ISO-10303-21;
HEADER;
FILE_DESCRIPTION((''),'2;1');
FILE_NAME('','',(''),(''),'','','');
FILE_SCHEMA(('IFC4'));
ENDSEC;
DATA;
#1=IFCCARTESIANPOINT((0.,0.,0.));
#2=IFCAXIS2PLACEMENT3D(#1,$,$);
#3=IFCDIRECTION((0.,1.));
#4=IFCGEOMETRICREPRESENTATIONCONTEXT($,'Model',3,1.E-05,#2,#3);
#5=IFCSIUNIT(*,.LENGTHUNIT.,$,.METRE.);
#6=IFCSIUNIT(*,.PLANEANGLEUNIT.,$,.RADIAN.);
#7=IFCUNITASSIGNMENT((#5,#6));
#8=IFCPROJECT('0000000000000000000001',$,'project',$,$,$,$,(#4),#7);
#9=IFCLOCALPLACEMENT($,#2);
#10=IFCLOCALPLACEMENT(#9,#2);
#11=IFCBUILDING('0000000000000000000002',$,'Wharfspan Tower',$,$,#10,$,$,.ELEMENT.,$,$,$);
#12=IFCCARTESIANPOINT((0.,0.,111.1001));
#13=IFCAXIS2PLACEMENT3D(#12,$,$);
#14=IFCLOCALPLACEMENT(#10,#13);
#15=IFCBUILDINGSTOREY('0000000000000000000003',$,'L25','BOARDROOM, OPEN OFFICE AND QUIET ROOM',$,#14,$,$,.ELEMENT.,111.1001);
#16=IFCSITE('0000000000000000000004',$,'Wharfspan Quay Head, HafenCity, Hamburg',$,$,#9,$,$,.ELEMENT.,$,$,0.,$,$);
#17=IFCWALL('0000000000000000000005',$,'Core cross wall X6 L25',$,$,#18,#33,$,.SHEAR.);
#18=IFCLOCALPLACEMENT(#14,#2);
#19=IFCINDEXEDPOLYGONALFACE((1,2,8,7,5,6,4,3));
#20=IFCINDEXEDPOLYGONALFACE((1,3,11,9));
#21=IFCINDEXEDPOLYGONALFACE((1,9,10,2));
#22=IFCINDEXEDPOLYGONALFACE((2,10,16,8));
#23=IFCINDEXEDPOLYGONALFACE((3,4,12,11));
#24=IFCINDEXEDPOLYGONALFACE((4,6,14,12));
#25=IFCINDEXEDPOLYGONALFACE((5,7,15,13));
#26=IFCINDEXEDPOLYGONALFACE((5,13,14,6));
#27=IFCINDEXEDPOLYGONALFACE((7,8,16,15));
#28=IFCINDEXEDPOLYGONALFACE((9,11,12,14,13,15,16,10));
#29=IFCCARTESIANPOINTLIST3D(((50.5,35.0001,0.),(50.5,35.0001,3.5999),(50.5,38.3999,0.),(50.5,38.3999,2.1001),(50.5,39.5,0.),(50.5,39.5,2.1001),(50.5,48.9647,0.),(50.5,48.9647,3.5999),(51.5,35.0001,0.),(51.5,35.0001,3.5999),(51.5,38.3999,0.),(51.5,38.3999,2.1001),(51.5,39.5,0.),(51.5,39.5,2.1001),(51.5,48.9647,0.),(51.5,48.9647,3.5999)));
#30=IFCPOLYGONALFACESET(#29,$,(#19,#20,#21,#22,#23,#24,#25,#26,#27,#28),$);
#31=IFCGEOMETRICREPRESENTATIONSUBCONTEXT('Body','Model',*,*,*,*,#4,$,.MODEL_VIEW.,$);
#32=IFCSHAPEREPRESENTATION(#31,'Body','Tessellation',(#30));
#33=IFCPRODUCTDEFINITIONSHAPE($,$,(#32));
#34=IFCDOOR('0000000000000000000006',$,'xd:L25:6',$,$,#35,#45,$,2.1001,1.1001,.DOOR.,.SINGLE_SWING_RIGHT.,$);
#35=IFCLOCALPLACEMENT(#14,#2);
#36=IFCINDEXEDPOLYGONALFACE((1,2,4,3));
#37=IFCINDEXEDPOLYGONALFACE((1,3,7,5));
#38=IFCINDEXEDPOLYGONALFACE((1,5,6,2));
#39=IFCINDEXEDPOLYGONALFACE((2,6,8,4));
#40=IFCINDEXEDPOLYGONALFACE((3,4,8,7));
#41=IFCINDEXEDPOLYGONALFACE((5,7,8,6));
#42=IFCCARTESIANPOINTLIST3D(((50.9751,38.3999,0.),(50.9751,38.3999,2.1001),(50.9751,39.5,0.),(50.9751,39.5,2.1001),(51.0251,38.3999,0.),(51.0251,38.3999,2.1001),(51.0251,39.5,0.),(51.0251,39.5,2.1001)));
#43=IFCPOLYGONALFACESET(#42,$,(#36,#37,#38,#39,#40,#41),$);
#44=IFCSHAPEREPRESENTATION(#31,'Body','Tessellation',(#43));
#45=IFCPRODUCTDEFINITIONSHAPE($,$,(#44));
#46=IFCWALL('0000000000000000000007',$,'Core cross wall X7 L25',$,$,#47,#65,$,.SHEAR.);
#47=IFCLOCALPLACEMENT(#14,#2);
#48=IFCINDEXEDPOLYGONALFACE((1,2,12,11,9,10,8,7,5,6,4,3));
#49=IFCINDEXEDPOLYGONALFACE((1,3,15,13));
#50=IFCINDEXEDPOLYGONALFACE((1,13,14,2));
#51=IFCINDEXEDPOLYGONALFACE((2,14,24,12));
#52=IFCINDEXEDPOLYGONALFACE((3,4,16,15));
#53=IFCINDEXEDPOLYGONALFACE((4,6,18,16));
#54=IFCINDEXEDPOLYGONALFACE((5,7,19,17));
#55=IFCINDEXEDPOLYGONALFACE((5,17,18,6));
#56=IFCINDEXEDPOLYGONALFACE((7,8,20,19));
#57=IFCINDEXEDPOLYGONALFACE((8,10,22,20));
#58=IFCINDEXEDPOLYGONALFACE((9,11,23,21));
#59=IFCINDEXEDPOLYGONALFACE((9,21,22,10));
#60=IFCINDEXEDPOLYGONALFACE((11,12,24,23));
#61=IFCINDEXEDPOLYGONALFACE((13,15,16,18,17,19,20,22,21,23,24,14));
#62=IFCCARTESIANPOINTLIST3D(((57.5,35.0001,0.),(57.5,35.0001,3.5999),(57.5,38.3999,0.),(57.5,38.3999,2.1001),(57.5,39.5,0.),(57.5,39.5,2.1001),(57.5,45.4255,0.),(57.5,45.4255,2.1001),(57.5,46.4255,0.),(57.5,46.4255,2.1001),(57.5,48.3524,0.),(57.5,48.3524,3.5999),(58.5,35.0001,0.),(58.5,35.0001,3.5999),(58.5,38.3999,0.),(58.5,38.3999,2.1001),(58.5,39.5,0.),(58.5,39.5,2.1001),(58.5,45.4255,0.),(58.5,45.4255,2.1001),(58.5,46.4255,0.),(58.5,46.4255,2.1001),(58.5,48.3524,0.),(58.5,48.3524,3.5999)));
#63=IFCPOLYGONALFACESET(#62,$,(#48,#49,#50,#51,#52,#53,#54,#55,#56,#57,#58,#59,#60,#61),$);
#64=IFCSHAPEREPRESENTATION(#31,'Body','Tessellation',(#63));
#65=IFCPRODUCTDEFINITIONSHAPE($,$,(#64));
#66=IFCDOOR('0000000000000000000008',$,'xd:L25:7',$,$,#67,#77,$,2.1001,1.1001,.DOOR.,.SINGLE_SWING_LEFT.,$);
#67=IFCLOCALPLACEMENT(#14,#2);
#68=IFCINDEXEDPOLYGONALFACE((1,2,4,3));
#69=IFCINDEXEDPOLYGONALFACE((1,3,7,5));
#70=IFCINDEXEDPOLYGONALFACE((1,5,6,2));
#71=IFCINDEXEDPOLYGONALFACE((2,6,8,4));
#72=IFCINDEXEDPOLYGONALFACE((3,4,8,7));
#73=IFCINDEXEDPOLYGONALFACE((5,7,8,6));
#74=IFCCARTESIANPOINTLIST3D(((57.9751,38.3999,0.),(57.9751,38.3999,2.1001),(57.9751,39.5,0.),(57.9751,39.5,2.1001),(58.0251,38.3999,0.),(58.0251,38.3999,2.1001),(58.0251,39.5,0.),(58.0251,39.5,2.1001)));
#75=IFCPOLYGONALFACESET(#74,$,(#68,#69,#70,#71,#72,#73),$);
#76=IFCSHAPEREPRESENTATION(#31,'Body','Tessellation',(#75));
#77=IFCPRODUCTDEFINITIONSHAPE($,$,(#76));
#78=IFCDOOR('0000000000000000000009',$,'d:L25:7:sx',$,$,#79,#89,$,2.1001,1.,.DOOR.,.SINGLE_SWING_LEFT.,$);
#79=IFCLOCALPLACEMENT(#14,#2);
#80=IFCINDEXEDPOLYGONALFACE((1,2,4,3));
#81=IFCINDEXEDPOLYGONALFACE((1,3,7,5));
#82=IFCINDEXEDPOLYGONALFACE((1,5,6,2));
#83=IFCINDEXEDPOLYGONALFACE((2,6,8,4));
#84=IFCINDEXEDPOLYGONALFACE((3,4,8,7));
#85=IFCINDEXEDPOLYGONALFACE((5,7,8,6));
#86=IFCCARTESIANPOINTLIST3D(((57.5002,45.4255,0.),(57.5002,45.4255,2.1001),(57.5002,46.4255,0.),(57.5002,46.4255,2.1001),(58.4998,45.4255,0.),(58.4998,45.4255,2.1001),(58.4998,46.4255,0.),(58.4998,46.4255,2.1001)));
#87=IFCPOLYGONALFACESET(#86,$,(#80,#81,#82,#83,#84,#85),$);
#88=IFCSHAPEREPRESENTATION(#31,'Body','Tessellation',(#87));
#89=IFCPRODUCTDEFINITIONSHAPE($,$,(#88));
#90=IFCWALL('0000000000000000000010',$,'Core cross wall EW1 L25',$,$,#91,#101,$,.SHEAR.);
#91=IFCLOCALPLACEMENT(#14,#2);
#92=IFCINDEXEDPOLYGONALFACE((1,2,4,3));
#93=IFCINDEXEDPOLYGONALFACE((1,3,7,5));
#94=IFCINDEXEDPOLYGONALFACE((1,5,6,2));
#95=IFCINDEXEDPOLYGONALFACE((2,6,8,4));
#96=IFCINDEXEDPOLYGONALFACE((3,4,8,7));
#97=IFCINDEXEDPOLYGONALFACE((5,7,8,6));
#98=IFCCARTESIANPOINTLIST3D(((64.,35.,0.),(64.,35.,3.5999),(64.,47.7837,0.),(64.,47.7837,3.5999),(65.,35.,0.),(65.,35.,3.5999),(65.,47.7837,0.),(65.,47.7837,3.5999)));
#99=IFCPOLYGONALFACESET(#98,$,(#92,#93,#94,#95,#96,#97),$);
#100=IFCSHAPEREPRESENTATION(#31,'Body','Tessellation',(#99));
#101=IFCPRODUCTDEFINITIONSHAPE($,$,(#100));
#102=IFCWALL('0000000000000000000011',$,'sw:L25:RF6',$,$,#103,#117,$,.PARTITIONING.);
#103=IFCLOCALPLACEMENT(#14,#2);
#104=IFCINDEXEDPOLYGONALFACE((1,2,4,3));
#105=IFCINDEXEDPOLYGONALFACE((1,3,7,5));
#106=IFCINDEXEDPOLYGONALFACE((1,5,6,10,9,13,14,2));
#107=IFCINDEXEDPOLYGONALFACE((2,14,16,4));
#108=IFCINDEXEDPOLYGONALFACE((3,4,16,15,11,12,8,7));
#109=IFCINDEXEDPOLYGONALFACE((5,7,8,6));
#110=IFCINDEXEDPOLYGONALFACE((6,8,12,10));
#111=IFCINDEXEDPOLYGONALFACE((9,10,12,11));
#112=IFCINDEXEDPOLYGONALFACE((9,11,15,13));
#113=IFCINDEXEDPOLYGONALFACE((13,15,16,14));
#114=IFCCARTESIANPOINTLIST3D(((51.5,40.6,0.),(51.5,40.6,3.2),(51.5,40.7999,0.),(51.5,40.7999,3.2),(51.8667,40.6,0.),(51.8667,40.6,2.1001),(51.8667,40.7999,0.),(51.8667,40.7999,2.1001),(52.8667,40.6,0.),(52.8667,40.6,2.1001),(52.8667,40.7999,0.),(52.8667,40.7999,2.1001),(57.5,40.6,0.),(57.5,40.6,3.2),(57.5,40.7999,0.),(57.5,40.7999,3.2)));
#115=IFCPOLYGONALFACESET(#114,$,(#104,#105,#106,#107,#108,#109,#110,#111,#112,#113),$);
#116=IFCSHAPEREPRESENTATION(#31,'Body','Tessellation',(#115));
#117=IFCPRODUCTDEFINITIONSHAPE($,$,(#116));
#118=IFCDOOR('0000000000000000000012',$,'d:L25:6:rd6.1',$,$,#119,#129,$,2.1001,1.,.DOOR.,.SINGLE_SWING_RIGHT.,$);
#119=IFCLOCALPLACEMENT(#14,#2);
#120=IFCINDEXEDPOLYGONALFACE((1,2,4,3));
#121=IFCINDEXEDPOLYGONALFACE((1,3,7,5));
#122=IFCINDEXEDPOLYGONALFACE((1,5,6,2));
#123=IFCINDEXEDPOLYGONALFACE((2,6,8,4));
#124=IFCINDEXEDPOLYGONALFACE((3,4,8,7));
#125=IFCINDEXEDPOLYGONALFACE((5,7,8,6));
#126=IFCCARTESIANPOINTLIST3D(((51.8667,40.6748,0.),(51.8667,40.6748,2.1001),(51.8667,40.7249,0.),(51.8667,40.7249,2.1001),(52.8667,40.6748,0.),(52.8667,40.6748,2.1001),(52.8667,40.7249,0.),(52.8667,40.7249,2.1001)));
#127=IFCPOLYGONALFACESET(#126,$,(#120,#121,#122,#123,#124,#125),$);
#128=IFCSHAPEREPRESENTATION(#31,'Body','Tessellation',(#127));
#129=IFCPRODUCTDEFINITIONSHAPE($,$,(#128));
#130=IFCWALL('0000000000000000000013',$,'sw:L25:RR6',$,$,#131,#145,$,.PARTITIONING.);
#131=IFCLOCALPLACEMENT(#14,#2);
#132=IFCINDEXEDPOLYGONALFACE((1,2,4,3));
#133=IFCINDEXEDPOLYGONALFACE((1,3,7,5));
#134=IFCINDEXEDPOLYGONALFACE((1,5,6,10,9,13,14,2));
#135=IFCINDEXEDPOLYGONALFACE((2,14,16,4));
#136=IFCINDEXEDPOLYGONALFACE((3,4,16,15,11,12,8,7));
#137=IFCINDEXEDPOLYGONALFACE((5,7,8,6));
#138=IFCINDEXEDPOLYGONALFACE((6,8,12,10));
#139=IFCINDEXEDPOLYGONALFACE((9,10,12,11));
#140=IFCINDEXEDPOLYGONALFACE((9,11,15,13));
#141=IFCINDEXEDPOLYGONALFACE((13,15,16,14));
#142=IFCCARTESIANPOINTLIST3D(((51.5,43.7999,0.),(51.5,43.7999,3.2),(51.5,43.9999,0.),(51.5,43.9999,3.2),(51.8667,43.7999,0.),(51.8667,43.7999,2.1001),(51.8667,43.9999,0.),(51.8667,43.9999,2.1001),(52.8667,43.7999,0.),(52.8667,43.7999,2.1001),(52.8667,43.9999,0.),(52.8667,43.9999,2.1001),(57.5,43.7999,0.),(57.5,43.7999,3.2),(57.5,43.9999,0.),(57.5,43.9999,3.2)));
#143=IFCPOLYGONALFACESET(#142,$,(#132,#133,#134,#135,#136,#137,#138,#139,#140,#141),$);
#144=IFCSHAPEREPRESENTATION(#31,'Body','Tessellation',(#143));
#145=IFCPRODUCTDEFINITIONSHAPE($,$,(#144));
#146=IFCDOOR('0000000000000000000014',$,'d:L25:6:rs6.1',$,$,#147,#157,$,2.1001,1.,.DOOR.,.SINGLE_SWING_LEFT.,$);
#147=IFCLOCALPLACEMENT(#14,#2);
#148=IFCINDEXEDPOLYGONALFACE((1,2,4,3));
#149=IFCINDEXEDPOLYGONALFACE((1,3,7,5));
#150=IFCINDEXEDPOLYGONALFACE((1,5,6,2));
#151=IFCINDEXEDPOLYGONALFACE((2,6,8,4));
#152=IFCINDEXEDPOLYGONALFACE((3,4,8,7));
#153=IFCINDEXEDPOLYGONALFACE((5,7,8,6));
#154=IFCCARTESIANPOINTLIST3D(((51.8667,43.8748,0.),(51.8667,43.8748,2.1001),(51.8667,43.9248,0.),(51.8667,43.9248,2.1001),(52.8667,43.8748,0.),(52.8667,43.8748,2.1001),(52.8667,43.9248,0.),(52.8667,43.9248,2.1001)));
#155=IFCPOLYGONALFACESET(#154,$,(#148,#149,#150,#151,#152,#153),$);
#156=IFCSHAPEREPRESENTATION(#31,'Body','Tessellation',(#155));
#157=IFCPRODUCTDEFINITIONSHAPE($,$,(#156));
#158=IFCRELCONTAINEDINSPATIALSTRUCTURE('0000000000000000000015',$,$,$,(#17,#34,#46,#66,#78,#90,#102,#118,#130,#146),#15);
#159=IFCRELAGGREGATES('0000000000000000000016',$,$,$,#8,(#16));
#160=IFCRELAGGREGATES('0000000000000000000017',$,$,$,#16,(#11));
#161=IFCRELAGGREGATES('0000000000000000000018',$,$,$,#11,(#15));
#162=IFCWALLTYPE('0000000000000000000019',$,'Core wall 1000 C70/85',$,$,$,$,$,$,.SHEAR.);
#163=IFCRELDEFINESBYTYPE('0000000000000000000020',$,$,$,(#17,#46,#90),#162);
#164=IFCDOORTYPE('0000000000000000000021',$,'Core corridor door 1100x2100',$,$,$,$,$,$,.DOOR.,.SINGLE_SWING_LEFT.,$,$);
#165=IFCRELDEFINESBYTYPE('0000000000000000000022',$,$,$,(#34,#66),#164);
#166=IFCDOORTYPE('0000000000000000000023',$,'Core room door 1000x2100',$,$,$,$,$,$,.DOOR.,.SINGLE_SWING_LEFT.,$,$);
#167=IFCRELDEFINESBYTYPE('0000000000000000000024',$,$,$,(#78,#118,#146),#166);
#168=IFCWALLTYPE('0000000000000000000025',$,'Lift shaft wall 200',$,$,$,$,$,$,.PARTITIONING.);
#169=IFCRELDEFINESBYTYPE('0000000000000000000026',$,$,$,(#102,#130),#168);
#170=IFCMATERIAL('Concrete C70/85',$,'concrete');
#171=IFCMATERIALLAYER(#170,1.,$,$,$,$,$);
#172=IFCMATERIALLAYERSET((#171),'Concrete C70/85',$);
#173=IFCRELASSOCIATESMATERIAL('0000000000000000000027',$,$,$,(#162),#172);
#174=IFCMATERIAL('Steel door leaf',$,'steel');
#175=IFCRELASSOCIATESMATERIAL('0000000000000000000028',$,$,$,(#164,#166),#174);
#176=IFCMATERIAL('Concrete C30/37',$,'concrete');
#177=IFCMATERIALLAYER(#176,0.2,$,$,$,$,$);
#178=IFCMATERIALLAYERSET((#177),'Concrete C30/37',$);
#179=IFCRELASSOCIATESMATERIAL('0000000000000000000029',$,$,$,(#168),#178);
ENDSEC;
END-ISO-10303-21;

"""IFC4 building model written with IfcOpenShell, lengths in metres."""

from ifc_helpers import new_model, si_unit, direction, frame, frame_2d, origin, place, context, subcontext, project, spatial, rectangle, extrude, material, layer, layer_set, type_object, element, fill, save


model = new_model("IFC4")

# Units and contexts
model_context = context("Model", 3, precision=1e-05, world=origin(), true_north=direction((0.0, 1.0)))
body_context = subcontext(model_context, "Body", "Model", "MODEL_VIEW")
ifc_project = project(units=[si_unit("LENGTHUNIT", "METRE"), si_unit("PLANEANGLEUNIT", "RADIAN")], contexts=[model_context])

# Site, building, storey
site_placement = place(None, origin())
site = spatial("IfcSite", under=ifc_project, at=site_placement, Name="Wharfspan Quay Head, HafenCity, Hamburg", CompositionType="ELEMENT", RefElevation=0.0)
building_placement = place(site_placement, origin())
building = spatial("IfcBuilding", under=site, at=building_placement, Name="Wharfspan Tower", CompositionType="ELEMENT")
storey_placement = place(building_placement, frame((0.0, 0.0, 111.1001)))
storey = spatial("IfcBuildingStorey", under=building, at=storey_placement, Name="L25", Description="BOARDROOM, OPEN OFFICE AND QUIET ROOM", CompositionType="ELEMENT", Elevation=111.1001)

# Shared definitions
ifc_material_1 = material(Name="Concrete C70/85", Category="concrete")

# Wall, opening, door
ifc_layer_1 = layer(ifc_material_1, 1.0)
ifc_layer_set_1 = layer_set([ifc_layer_1], Name="Concrete C70/85")
wall_type_1 = type_object("IfcWallType", Name="Core wall 1000 C70/85", PredefinedType="SHEAR", material=ifc_layer_set_1)
wall_1_placement = place(storey_placement, frame((51.0, 35.0, 0.0), z_axis=(0.0, 0.0, 1.0), x_axis=(0.0, 1.0, 0.0)))
wall_1 = element("IfcWall", 1, at=wall_1_placement, inside=storey, type_object=wall_type_1, Name="Core cross wall X6 L25", PredefinedType="SHEAR", context=body_context, shape_type="SweptSolid", body=[
    extrude(rectangle(XDim=13.9646, YDim=1.0, at=frame_2d((6.9824, 0.0))), origin(), (0.0, 0.0, 1.0), 3.5999),
])
opening_1_placement = place(wall_1_placement, frame((3.3999, 0.0, 0.0)))
opening_1 = element("IfcOpeningElement", 2, at=opening_1_placement, cuts=wall_1, PredefinedType="OPENING", context=body_context, shape_type="SweptSolid", body=[
    extrude(rectangle(XDim=1.1001, YDim=2.1001, at=frame_2d((0.55, 1.05))), frame((0.0, 0.51, 0.0), z_axis=(0.0, -1.0, 0.0), x_axis=(1.0, 0.0, 0.0)), (0.0, 0.0, 1.0), 1.02),
])
ifc_material_2 = material(Name="Steel door leaf", Category="steel")
door_type_1 = type_object("IfcDoorType", Name="Core corridor door 1100x2100", OperationType="SINGLE_SWING_LEFT", PredefinedType="DOOR", material=ifc_material_2)
door_1_placement = place(opening_1_placement, origin())
door_1 = element("IfcDoor", 3, at=door_1_placement, inside=storey, type_object=door_type_1, Name="xd:L25:6", OperationType="SINGLE_SWING_RIGHT", OverallHeight=2.1001, OverallWidth=1.1001, PredefinedType="DOOR", context=body_context, shape_type="SweptSolid", body=[
    extrude(rectangle(XDim=1.1001, YDim=2.1001, at=frame_2d((0.55, 1.05))), frame((0.0, 0.0249, 0.0), z_axis=(0.0, -1.0, 0.0), x_axis=(1.0, 0.0, 0.0)), (0.0, 0.0, 1.0), 0.05),
])
fill(opening_1, door_1)

# Wall, openings, doors
wall_2_placement = place(storey_placement, frame((58.0, 35.0, 0.0), z_axis=(0.0, 0.0, 1.0), x_axis=(0.0, 1.0, 0.0)))
wall_2 = element("IfcWall", 4, at=wall_2_placement, inside=storey, type_object=wall_type_1, Name="Core cross wall X7 L25", PredefinedType="SHEAR", context=body_context, shape_type="SweptSolid", body=[
    extrude(rectangle(XDim=13.3523, YDim=1.0, at=frame_2d((6.6763, 0.0))), origin(), (0.0, 0.0, 1.0), 3.5999),
])
opening_2_placement = place(wall_2_placement, frame((10.4255, 0.0, 0.0)))
opening_2 = element("IfcOpeningElement", 5, at=opening_2_placement, cuts=wall_2, PredefinedType="OPENING", context=body_context, shape_type="SweptSolid", body=[
    extrude(rectangle(XDim=1.0, YDim=2.1001, at=frame_2d((0.5, 1.05))), frame((0.0, 0.51, 0.0), z_axis=(0.0, -1.0, 0.0), x_axis=(1.0, 0.0, 0.0)), (0.0, 0.0, 1.0), 1.02),
])
opening_3_placement = place(wall_2_placement, frame((3.3999, 0.0, 0.0)))
opening_3 = element("IfcOpeningElement", 6, at=opening_3_placement, cuts=wall_2, PredefinedType="OPENING", context=body_context, shape_type="SweptSolid", body=[
    extrude(rectangle(XDim=1.1001, YDim=2.1001, at=frame_2d((0.55, 1.05))), frame((0.0, 0.51, 0.0), z_axis=(0.0, -1.0, 0.0), x_axis=(1.0, 0.0, 0.0)), (0.0, 0.0, 1.0), 1.02),
])
door_2_placement = place(opening_3_placement, origin())
door_2 = element("IfcDoor", 7, at=door_2_placement, inside=storey, type_object=door_type_1, Name="xd:L25:7", OperationType="SINGLE_SWING_LEFT", OverallHeight=2.1001, OverallWidth=1.1001, PredefinedType="DOOR", context=body_context, shape_type="SweptSolid", body=[
    extrude(rectangle(XDim=1.1001, YDim=2.1001, at=frame_2d((0.55, 1.05))), frame((0.0, 0.0249, 0.0), z_axis=(0.0, -1.0, 0.0), x_axis=(1.0, 0.0, 0.0)), (0.0, 0.0, 1.0), 0.05),
])
fill(opening_3, door_2)
door_type_2 = type_object("IfcDoorType", Name="Core room door 1000x2100", OperationType="SINGLE_SWING_LEFT", PredefinedType="DOOR", material=ifc_material_2)
door_3_placement = place(opening_2_placement, origin())
door_3 = element("IfcDoor", 8, at=door_3_placement, inside=storey, type_object=door_type_2, Name="d:L25:7:sx", OperationType="SINGLE_SWING_LEFT", OverallHeight=2.1001, OverallWidth=1.0, PredefinedType="DOOR", context=body_context, shape_type="SweptSolid", body=[
    extrude(rectangle(XDim=1.0, YDim=2.1001, at=frame_2d((0.5, 1.05))), frame((0.0, 0.4998, 0.0), z_axis=(0.0, -1.0, 0.0), x_axis=(1.0, 0.0, 0.0)), (0.0, 0.0, 1.0), 0.9995),
])
fill(opening_2, door_3)

# Wall
wall_3_placement = place(storey_placement, frame((64.5, 35.0, 0.0), z_axis=(0.0, 0.0, 1.0), x_axis=(0.0, 1.0, 0.0)))
element("IfcWall", 9, at=wall_3_placement, inside=storey, type_object=wall_type_1, Name="Core cross wall EW1 L25", PredefinedType="SHEAR", context=body_context, shape_type="SweptSolid", body=[
    extrude(rectangle(XDim=12.7837, YDim=1.0, at=frame_2d((6.3918, 0.0))), origin(), (0.0, 0.0, 1.0), 3.5999),
])

# Walls, openings, doors
ifc_material_3 = material(Name="Concrete C30/37", Category="concrete")
ifc_layer_2 = layer(ifc_material_3, 0.2)
ifc_layer_set_2 = layer_set([ifc_layer_2], Name="Concrete C30/37")
wall_type_2 = type_object("IfcWallType", Name="Lift shaft wall 200", PredefinedType="PARTITIONING", material=ifc_layer_set_2)
wall_4_placement = place(storey_placement, frame((51.5, 40.7, 0.0), z_axis=(0.0, 0.0, 1.0), x_axis=(1.0, 0.0, 0.0)))
wall_4 = element("IfcWall", 10, at=wall_4_placement, inside=storey, type_object=wall_type_2, Name="sw:L25:RF6", PredefinedType="PARTITIONING", context=body_context, shape_type="SweptSolid", body=[
    extrude(rectangle(XDim=6.0, YDim=0.2, at=frame_2d((3.0, 0.0))), origin(), (0.0, 0.0, 1.0), 3.2),
])
opening_4_placement = place(wall_4_placement, frame((0.3667, 0.0, 0.0)))
opening_4 = element("IfcOpeningElement", 11, at=opening_4_placement, cuts=wall_4, PredefinedType="OPENING", context=body_context, shape_type="SweptSolid", body=[
    extrude(rectangle(XDim=1.0, YDim=2.1001, at=frame_2d((0.5, 1.05))), frame((0.0, 0.1099, 0.0), z_axis=(0.0, -1.0, 0.0), x_axis=(1.0, 0.0, 0.0)), (0.0, 0.0, 1.0), 0.22),
])
door_4_placement = place(opening_4_placement, origin())
door_4 = element("IfcDoor", 12, at=door_4_placement, inside=storey, type_object=door_type_2, Name="d:L25:6:rd6.1", OperationType="SINGLE_SWING_RIGHT", OverallHeight=2.1001, OverallWidth=1.0, PredefinedType="DOOR", context=body_context, shape_type="SweptSolid", body=[
    extrude(rectangle(XDim=1.0, YDim=2.1001, at=frame_2d((0.5, 1.05))), frame((0.0, 0.0249, 0.0), z_axis=(0.0, -1.0, 0.0), x_axis=(1.0, 0.0, 0.0)), (0.0, 0.0, 1.0), 0.05),
])
fill(opening_4, door_4)
wall_5_placement = place(storey_placement, frame((51.5, 43.8999, 0.0), z_axis=(0.0, 0.0, 1.0), x_axis=(1.0, 0.0, 0.0)))
wall_5 = element("IfcWall", 13, at=wall_5_placement, inside=storey, type_object=wall_type_2, Name="sw:L25:RR6", PredefinedType="PARTITIONING", context=body_context, shape_type="SweptSolid", body=[
    extrude(rectangle(XDim=6.0, YDim=0.2, at=frame_2d((3.0, 0.0))), origin(), (0.0, 0.0, 1.0), 3.2),
])
opening_5_placement = place(wall_5_placement, frame((0.3667, 0.0, 0.0)))
opening_5 = element("IfcOpeningElement", 14, at=opening_5_placement, cuts=wall_5, PredefinedType="OPENING", context=body_context, shape_type="SweptSolid", body=[
    extrude(rectangle(XDim=1.0, YDim=2.1001, at=frame_2d((0.5, 1.05))), frame((0.0, 0.1099, 0.0), z_axis=(0.0, -1.0, 0.0), x_axis=(1.0, 0.0, 0.0)), (0.0, 0.0, 1.0), 0.22),
])
door_5_placement = place(opening_5_placement, origin())
door_5 = element("IfcDoor", 15, at=door_5_placement, inside=storey, type_object=door_type_2, Name="d:L25:6:rs6.1", OperationType="SINGLE_SWING_LEFT", OverallHeight=2.1001, OverallWidth=1.0, PredefinedType="DOOR", context=body_context, shape_type="SweptSolid", body=[
    extrude(rectangle(XDim=1.0, YDim=2.1001, at=frame_2d((0.5, 1.05))), frame((0.0, 0.0249, 0.0), z_axis=(0.0, -1.0, 0.0), x_axis=(1.0, 0.0, 0.0)), (0.0, 0.0, 1.0), 0.05),
])
fill(opening_5, door_5)

save(model, "model.ifc")
